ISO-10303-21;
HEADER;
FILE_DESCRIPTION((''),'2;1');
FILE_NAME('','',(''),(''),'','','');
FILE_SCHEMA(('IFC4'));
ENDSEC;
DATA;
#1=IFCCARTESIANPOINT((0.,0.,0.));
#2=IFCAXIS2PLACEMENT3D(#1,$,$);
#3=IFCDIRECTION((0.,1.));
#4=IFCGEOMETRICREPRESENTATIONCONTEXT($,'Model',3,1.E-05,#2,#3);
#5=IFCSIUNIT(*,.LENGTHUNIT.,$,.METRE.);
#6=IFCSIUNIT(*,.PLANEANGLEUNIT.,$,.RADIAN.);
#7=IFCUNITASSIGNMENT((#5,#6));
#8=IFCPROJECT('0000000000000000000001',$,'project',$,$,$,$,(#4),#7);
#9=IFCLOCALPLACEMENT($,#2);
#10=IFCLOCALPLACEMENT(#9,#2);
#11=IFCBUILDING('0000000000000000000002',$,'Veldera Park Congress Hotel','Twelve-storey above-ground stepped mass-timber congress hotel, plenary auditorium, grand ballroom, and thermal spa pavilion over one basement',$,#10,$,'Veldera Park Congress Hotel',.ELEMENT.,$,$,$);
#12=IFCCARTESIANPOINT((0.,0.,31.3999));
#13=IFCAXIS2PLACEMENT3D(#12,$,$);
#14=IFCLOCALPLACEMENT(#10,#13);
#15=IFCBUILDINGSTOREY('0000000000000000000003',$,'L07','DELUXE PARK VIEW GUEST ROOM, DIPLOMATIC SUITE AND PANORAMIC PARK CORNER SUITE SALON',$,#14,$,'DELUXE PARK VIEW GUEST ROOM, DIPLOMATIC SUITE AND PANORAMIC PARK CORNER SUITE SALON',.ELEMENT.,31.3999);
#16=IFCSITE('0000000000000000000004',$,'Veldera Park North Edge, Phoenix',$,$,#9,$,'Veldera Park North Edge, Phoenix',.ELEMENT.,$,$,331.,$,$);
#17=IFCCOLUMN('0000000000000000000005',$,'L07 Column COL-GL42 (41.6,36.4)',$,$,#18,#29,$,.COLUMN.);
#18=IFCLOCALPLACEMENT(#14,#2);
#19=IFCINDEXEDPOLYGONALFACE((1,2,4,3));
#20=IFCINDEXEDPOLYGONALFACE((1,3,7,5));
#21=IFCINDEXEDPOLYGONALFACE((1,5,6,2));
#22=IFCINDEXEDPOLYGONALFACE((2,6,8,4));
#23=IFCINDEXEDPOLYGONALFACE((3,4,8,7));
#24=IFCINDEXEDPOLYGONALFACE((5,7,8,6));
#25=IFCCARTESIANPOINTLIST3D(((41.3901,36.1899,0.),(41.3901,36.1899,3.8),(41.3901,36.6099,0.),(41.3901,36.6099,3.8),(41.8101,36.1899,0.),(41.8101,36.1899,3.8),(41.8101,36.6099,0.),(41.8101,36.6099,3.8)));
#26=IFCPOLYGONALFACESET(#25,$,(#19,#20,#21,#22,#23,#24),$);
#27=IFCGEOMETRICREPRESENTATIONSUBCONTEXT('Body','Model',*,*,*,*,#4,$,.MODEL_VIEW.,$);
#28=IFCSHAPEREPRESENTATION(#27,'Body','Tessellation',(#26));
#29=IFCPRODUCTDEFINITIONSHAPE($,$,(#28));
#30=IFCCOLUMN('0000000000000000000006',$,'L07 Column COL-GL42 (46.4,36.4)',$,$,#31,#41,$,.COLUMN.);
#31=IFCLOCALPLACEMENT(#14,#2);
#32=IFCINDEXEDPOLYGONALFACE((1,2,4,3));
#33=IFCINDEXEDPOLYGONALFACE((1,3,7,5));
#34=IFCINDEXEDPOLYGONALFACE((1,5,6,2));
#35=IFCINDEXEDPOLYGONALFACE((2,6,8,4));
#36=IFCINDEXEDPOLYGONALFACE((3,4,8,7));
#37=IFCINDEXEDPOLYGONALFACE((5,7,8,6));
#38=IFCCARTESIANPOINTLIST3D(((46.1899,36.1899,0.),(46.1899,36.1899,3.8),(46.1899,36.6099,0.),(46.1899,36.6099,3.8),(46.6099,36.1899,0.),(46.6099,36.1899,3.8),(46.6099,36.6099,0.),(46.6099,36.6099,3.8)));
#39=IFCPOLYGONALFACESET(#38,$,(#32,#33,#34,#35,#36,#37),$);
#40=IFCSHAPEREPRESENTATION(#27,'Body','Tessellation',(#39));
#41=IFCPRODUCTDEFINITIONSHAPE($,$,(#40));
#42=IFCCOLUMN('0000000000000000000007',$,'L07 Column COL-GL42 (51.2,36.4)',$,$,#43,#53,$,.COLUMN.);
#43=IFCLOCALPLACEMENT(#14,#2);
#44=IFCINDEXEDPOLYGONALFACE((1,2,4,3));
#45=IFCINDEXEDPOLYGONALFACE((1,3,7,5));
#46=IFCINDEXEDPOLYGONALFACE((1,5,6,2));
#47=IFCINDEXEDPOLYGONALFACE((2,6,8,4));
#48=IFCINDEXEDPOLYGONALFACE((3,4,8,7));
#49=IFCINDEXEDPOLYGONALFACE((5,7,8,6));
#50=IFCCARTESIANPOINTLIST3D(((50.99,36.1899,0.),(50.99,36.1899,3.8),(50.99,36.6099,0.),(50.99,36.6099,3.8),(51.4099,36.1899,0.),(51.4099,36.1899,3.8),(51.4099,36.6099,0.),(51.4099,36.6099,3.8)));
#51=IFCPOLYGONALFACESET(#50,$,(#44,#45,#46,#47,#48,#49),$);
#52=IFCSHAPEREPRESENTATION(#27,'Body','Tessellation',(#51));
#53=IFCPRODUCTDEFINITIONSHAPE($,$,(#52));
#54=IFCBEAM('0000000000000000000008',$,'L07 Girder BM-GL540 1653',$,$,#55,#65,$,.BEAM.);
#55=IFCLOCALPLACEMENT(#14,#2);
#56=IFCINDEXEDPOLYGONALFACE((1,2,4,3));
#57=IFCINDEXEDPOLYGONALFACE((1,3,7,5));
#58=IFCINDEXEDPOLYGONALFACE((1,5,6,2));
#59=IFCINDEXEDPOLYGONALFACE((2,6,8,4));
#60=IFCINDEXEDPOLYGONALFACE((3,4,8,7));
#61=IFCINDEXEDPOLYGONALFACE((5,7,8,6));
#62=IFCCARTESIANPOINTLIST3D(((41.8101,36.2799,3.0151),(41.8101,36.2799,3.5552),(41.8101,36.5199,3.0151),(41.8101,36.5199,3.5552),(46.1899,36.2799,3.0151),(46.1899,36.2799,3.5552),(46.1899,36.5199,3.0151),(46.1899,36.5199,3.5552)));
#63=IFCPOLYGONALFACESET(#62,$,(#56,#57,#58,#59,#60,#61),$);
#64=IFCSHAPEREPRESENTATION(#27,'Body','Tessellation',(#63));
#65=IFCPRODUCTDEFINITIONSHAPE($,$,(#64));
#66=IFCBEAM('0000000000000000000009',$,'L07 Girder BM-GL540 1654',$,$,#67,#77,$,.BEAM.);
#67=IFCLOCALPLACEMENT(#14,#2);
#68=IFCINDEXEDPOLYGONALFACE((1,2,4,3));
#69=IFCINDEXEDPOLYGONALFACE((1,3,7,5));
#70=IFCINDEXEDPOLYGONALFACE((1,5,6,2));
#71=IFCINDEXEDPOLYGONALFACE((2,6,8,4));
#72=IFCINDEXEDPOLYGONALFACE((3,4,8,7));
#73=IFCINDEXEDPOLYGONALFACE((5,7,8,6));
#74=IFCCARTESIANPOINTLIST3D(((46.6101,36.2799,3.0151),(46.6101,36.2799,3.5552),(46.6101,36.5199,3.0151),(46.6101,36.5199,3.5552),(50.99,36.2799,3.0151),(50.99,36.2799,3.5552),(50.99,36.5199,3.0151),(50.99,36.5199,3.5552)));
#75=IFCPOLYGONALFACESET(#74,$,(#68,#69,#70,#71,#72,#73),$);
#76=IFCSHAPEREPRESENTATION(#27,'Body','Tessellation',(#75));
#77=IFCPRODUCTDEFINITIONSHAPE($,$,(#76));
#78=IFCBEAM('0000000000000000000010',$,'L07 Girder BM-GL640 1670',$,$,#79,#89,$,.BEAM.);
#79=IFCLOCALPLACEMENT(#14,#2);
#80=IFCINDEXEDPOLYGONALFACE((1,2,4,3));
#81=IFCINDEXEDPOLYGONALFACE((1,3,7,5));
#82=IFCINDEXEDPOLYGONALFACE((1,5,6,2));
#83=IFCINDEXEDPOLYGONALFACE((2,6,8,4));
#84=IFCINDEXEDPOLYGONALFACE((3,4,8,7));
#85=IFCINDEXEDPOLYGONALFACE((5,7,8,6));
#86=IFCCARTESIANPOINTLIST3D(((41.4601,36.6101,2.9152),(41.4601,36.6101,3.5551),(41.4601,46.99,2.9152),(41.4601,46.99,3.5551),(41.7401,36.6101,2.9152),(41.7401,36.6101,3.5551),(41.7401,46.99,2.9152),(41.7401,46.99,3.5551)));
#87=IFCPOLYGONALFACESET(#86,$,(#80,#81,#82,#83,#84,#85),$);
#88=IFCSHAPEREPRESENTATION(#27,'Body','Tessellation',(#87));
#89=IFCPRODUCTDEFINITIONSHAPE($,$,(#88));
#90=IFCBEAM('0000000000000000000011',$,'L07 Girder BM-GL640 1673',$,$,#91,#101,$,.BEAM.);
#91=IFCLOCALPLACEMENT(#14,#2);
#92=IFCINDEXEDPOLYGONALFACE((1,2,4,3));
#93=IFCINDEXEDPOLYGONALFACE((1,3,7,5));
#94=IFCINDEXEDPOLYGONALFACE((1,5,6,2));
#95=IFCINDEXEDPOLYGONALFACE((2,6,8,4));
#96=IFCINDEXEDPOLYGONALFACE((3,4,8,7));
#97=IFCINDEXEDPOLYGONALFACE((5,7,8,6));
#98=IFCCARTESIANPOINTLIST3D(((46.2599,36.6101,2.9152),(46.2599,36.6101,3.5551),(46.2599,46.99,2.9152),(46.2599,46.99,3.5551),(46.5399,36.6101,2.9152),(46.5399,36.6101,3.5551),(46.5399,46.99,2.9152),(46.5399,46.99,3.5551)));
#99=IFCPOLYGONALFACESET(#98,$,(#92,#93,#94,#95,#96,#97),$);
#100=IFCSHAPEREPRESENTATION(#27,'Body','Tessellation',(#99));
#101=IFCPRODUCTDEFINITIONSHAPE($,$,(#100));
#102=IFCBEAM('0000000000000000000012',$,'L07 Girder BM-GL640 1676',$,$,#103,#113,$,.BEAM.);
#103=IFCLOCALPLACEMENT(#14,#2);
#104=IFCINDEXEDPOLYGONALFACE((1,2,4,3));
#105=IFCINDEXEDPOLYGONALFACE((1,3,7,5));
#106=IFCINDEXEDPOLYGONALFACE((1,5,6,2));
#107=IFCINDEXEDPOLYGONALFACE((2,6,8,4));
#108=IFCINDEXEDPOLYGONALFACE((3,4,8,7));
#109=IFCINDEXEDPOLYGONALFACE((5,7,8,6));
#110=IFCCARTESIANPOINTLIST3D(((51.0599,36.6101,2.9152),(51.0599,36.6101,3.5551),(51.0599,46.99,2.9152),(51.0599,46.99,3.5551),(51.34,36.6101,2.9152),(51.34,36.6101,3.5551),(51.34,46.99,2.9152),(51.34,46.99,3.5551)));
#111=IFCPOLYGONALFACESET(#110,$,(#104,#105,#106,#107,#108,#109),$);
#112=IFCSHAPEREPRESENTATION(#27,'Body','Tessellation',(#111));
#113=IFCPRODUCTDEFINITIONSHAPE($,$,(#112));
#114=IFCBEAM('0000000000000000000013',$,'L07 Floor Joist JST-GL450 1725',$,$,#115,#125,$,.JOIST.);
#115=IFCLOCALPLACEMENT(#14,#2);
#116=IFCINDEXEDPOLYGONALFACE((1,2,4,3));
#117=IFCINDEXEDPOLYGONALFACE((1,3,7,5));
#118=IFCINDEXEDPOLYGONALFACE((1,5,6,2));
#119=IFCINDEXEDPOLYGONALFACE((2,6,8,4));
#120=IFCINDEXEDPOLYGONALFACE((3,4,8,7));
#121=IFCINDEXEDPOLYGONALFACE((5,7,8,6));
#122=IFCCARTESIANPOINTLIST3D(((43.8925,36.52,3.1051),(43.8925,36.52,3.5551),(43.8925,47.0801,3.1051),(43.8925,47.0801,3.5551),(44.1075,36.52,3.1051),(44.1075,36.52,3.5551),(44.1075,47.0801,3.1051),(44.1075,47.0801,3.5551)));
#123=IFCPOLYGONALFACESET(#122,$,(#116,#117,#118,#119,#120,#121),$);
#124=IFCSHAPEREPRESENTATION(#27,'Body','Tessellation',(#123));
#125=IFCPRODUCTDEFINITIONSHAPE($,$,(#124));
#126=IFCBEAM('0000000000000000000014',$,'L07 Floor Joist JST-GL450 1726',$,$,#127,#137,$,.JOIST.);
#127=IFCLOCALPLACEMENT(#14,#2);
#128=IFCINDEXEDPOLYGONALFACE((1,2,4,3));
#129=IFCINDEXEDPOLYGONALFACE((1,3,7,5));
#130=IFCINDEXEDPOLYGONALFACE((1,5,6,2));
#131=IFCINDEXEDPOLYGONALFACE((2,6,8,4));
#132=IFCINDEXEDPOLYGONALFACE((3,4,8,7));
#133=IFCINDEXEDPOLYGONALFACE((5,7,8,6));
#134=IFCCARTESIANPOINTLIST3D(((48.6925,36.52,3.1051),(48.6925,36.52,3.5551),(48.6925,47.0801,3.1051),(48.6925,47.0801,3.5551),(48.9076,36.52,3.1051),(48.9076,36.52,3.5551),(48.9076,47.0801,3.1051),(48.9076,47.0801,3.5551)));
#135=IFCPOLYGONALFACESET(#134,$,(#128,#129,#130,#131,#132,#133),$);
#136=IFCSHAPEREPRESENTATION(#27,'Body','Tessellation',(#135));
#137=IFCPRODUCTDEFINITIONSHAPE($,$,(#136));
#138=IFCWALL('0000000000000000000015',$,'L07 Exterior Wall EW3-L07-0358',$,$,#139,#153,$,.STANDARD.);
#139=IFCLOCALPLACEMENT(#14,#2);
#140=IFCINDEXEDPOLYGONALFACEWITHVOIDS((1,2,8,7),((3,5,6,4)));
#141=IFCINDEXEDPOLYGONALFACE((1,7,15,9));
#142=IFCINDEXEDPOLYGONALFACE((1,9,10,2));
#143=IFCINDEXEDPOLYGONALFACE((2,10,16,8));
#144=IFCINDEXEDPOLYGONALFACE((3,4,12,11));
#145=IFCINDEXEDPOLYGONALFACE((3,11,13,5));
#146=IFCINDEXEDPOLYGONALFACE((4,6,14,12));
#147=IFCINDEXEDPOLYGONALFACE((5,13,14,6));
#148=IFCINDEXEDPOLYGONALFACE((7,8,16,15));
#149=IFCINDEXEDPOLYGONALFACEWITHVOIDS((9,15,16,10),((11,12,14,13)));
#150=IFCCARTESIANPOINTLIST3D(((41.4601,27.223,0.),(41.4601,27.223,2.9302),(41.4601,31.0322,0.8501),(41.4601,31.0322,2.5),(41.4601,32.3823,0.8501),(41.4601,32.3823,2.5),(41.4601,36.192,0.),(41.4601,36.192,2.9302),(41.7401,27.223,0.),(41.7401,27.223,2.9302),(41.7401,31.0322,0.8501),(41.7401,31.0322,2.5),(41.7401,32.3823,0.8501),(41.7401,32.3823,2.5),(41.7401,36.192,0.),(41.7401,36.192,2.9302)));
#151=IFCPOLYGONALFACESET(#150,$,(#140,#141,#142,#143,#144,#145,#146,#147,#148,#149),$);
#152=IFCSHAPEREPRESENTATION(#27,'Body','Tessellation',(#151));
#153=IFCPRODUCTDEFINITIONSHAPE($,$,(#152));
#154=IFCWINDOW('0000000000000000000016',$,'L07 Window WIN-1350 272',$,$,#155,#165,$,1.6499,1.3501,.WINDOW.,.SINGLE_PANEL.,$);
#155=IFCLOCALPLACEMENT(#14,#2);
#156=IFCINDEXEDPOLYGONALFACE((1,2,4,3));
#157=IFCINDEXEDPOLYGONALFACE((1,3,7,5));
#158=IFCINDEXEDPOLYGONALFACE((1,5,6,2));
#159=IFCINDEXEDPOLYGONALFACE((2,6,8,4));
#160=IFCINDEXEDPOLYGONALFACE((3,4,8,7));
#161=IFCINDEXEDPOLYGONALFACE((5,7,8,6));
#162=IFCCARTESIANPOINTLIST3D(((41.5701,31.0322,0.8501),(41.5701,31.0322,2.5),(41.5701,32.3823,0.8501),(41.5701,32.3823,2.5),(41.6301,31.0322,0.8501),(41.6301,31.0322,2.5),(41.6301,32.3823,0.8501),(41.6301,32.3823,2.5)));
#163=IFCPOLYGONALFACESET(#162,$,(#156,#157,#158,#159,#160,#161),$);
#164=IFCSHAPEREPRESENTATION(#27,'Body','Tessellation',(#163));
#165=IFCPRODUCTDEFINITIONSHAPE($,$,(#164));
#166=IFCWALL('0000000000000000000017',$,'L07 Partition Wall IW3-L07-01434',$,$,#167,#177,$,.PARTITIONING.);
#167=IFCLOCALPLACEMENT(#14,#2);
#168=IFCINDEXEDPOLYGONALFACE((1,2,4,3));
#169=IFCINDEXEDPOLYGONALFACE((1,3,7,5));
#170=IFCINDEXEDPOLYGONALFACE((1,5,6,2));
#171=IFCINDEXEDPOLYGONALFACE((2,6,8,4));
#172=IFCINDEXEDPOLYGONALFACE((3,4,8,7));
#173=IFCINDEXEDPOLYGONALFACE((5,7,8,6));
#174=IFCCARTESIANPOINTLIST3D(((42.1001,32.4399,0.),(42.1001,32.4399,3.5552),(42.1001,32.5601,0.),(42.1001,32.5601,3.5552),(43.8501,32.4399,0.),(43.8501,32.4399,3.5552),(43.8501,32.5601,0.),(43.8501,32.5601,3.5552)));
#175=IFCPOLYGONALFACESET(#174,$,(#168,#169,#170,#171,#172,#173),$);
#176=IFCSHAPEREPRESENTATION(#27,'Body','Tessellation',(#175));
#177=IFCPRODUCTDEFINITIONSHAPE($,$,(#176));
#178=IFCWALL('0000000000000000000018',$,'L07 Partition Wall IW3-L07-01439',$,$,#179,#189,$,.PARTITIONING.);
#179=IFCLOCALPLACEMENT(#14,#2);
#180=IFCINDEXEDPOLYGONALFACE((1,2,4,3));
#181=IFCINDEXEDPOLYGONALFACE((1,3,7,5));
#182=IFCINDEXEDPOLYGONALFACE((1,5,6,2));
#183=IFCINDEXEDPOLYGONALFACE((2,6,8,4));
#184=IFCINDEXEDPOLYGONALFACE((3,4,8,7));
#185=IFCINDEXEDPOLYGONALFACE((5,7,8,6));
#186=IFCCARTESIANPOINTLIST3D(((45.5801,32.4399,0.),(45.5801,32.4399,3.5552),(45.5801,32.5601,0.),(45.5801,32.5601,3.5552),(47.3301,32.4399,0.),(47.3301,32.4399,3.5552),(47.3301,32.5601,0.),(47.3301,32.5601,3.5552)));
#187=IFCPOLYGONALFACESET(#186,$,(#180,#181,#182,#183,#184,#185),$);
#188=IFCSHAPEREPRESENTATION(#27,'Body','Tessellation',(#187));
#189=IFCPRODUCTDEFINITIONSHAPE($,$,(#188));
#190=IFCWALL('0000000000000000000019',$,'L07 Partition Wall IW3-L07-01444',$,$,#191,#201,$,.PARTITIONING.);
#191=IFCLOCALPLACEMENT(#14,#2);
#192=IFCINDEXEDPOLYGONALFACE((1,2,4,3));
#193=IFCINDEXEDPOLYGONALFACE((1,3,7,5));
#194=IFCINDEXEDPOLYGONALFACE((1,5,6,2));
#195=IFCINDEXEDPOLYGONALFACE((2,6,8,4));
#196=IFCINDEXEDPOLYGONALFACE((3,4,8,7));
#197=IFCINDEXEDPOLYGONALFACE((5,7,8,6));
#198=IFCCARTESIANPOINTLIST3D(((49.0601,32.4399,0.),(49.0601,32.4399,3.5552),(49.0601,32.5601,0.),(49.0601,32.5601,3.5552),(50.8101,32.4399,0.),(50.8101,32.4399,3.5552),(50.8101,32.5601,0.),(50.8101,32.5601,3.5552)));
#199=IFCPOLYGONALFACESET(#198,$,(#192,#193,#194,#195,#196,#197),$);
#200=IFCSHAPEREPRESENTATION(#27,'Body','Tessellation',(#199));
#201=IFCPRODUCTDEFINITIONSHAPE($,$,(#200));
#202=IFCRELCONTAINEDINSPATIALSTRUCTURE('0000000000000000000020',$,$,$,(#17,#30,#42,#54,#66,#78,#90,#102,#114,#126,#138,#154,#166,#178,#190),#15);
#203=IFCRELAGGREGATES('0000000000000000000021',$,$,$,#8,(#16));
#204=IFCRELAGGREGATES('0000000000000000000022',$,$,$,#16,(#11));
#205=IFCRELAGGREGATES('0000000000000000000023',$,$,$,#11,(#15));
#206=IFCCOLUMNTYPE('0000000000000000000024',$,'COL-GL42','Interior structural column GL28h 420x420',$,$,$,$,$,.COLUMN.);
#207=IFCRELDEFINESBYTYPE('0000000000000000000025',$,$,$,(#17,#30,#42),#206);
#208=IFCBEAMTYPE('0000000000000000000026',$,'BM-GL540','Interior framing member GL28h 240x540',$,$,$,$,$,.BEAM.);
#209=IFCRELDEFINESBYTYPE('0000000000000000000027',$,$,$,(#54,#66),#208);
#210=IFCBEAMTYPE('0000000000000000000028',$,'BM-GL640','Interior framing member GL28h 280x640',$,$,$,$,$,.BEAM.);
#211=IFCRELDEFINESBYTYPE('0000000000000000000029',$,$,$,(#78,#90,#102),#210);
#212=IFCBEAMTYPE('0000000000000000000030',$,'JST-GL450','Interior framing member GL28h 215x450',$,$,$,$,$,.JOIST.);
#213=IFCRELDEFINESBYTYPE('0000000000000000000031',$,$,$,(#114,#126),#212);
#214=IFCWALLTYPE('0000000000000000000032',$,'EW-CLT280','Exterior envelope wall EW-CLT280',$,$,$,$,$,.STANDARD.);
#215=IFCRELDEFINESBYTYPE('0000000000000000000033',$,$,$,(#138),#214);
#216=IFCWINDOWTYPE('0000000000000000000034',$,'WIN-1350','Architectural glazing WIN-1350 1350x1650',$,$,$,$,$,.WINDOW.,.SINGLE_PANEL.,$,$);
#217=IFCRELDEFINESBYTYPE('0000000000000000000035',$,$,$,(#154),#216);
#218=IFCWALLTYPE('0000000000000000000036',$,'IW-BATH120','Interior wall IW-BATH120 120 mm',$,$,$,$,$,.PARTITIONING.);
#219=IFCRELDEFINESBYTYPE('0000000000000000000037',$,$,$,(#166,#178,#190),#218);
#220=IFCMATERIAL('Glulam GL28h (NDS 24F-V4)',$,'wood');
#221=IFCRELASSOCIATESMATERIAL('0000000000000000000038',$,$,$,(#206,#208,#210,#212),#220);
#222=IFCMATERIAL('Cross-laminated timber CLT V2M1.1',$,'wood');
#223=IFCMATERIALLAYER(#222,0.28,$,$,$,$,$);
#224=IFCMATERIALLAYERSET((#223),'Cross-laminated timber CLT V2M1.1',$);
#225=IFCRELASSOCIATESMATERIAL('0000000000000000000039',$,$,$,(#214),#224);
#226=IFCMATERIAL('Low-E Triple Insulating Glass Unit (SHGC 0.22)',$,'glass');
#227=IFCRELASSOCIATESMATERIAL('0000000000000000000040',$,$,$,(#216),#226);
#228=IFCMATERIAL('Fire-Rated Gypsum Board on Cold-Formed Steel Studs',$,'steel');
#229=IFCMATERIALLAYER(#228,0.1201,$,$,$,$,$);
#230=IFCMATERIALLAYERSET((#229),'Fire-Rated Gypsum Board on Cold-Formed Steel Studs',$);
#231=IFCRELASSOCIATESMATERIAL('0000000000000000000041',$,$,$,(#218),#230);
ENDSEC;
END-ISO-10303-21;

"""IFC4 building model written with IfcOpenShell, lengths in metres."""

from ifc_helpers import new_model, si_unit, direction, frame, frame_2d, origin, origin_2d, place, context, subcontext, project, spatial, rectangle, extrude, material, layer, layer_set, material_profile, profile_set, type_object, element, fill, save


model = new_model("IFC4")

# Units and contexts
model_context = context("Model", 3, precision=1e-05, world=origin(), true_north=direction((0.0, 1.0)))
body_context = subcontext(model_context, "Body", "Model", "MODEL_VIEW")
ifc_project = project(units=[si_unit("LENGTHUNIT", "METRE"), si_unit("PLANEANGLEUNIT", "RADIAN")], contexts=[model_context])

# Site, building, storey
site_placement = place(None, origin())
site = spatial("IfcSite", under=ifc_project, at=site_placement, Name="Veldera Park North Edge, Phoenix", LongName="Veldera Park North Edge, Phoenix", CompositionType="ELEMENT", RefElevation=331.0)
building_placement = place(site_placement, origin())
building = spatial("IfcBuilding", under=site, at=building_placement, Name="Veldera Park Congress Hotel", Description="Twelve-storey above-ground stepped mass-timber congress hotel, plenary auditorium, grand ballroom, and thermal spa pavilion over one basement", LongName="Veldera Park Congress Hotel", CompositionType="ELEMENT")
storey_placement = place(building_placement, frame((0.0, 0.0, 31.3999)))
storey = spatial("IfcBuildingStorey", under=building, at=storey_placement, Name="L07", Description="DELUXE PARK VIEW GUEST ROOM, DIPLOMATIC SUITE AND PANORAMIC PARK CORNER SUITE SALON", LongName="DELUXE PARK VIEW GUEST ROOM, DIPLOMATIC SUITE AND PANORAMIC PARK CORNER SUITE SALON", CompositionType="ELEMENT", Elevation=31.3999)

# Columns
ifc_material_1 = material(Name="Glulam GL28h (NDS 24F-V4)", Category="wood")
ifc_material_profile_1 = material_profile(ifc_material_1, rectangle(XDim=0.4199, YDim=0.4199, at=origin_2d()), Name="GL28h 420x420")
ifc_profile_set_1 = profile_set([ifc_material_profile_1], Name="Glulam GL28h (NDS 24F-V4)")
column_type = type_object("IfcColumnType", Name="COL-GL42", Description="Interior structural column GL28h 420x420", PredefinedType="COLUMN", material=ifc_profile_set_1)
for number, where, z_axis, x_axis, name in (
    (1, (41.6001, 36.3999, 0.0), (0.0, 0.0, 1.0), (1.0, 0.0, 0.0), "L07 Column COL-GL42 (41.6,36.4)"),
    (2, (46.3999, 36.3999, 0.0), (0.0, 0.0, 1.0), (1.0, 0.0, 0.0), "L07 Column COL-GL42 (46.4,36.4)"),
    (3, (51.2, 36.3999, 0.0), (0.0, 0.0, 1.0), (1.0, 0.0, 0.0), "L07 Column COL-GL42 (51.2,36.4)"),
):
    element("IfcColumn", number, at=place(storey_placement, frame(where, z_axis=z_axis, x_axis=x_axis)), inside=storey, type_object=column_type, Name=name, PredefinedType="COLUMN", context=body_context, shape_type="SweptSolid", body=[
        extrude(rectangle(XDim=0.4199, YDim=0.4199, at=origin_2d()), origin(), (0.0, 0.0, 1.0), 3.8),
    ])

# Beams
ifc_material_profile_2 = material_profile(ifc_material_1, rectangle(XDim=0.24, YDim=0.54, at=origin_2d()), Name="GL28h 240x540")
ifc_profile_set_2 = profile_set([ifc_material_profile_2], Name="Glulam GL28h (NDS 24F-V4)")
beam_type_1 = type_object("IfcBeamType", Name="BM-GL540", Description="Interior framing member GL28h 240x540", PredefinedType="BEAM", material=ifc_profile_set_2)
for number, where, z_axis, x_axis, name in (
    (4, (41.8101, 36.3999, 3.2852), (1.0, 0.0, 0.0), (0.0, 1.0, 0.0), "L07 Girder BM-GL540 1653"),
    (5, (46.6101, 36.3999, 3.2852), (1.0, 0.0, 0.0), (0.0, 1.0, 0.0), "L07 Girder BM-GL540 1654"),
):
    element("IfcBeam", number, at=place(storey_placement, frame(where, z_axis=z_axis, x_axis=x_axis)), inside=storey, type_object=beam_type_1, Name=name, PredefinedType="BEAM", context=body_context, shape_type="SweptSolid", body=[
        extrude(rectangle(XDim=0.24, YDim=0.54, at=origin_2d()), origin(), (0.0, 0.0, 1.0), 4.3799),
    ])
ifc_material_profile_3 = material_profile(ifc_material_1, rectangle(XDim=0.28, YDim=0.6399, at=origin_2d()), Name="GL28h 280x640")
ifc_profile_set_3 = profile_set([ifc_material_profile_3], Name="Glulam GL28h (NDS 24F-V4)")
beam_type_2 = type_object("IfcBeamType", Name="BM-GL640", Description="Interior framing member GL28h 280x640", PredefinedType="BEAM", material=ifc_profile_set_3)
for number, where, z_axis, x_axis, name in (
    (6, (41.6001, 36.6101, 3.2351), (0.0, 1.0, 0.0), (-1.0, 0.0, 0.0), "L07 Girder BM-GL640 1670"),
    (7, (46.3999, 36.6101, 3.2351), (0.0, 1.0, 0.0), (-1.0, 0.0, 0.0), "L07 Girder BM-GL640 1673"),
    (8, (51.2, 36.6101, 3.2351), (0.0, 1.0, 0.0), (-1.0, 0.0, 0.0), "L07 Girder BM-GL640 1676"),
):
    element("IfcBeam", number, at=place(storey_placement, frame(where, z_axis=z_axis, x_axis=x_axis)), inside=storey, type_object=beam_type_2, Name=name, PredefinedType="BEAM", context=body_context, shape_type="SweptSolid", body=[
        extrude(rectangle(XDim=0.28, YDim=0.6399, at=origin_2d()), origin(), (0.0, 0.0, 1.0), 10.3799),
    ])
ifc_material_profile_4 = material_profile(ifc_material_1, rectangle(XDim=0.2151, YDim=0.45, at=origin_2d()), Name="GL28h 215x450")
ifc_profile_set_4 = profile_set([ifc_material_profile_4], Name="Glulam GL28h (NDS 24F-V4)")
beam_type_3 = type_object("IfcBeamType", Name="JST-GL450", Description="Interior framing member GL28h 215x450", PredefinedType="JOIST", material=ifc_profile_set_4)
for number, where, z_axis, x_axis, name in (
    (9, (44.0, 36.52, 3.3301), (0.0, 1.0, 0.0), (-1.0, 0.0, 0.0), "L07 Floor Joist JST-GL450 1725"),
    (10, (48.8, 36.52, 3.3301), (0.0, 1.0, 0.0), (-1.0, 0.0, 0.0), "L07 Floor Joist JST-GL450 1726"),
):
    element("IfcBeam", number, at=place(storey_placement, frame(where, z_axis=z_axis, x_axis=x_axis)), inside=storey, type_object=beam_type_3, Name=name, PredefinedType="JOIST", context=body_context, shape_type="SweptSolid", body=[
        extrude(rectangle(XDim=0.2151, YDim=0.45, at=origin_2d()), origin(), (0.0, 0.0, 1.0), 10.5601),
    ])

# Wall, opening, window
ifc_material_2 = material(Name="Cross-laminated timber CLT V2M1.1", Category="wood")
ifc_layer_1 = layer(ifc_material_2, 0.28)
ifc_layer_set_1 = layer_set([ifc_layer_1], Name="Cross-laminated timber CLT V2M1.1")
wall_type_1 = type_object("IfcWallType", Name="EW-CLT280", Description="Exterior envelope wall EW-CLT280", PredefinedType="STANDARD", material=ifc_layer_set_1)
wall_1_placement = place(storey_placement, frame((41.6001, 36.1919, 0.0), z_axis=(0.0, 0.0, 1.0), x_axis=(0.0, -1.0, 0.0)))
wall_1 = element("IfcWall", 11, at=wall_1_placement, inside=storey, type_object=wall_type_1, Name="L07 Exterior Wall EW3-L07-0358", PredefinedType="STANDARD", context=body_context, shape_type="SweptSolid", body=[
    extrude(rectangle(XDim=8.969, YDim=0.28, at=frame_2d((4.4844, 0.0))), origin(), (0.0, 0.0, 1.0), 2.9302),
])
opening_1_placement = place(wall_1_placement, frame((3.8096, 0.0, 0.8501)))
opening_1 = element("IfcOpeningElement", 12, at=opening_1_placement, cuts=wall_1, PredefinedType="OPENING", context=body_context, shape_type="SweptSolid", body=[
    extrude(rectangle(XDim=1.3501, YDim=1.6499, at=frame_2d((0.675, 0.825))), frame((0.0, 0.1521, 0.0), z_axis=(0.0, -1.0, 0.0), x_axis=(1.0, 0.0, 0.0)), (0.0, 0.0, 1.0), 0.304),
])
ifc_material_3 = material(Name="Low-E Triple Insulating Glass Unit (SHGC 0.22)", Category="glass")
window_type = type_object("IfcWindowType", Name="WIN-1350", Description="Architectural glazing WIN-1350 1350x1650", PartitioningType="SINGLE_PANEL", PredefinedType="WINDOW", material=ifc_material_3)
window_placement = place(opening_1_placement, origin())
window = element("IfcWindow", 13, at=window_placement, inside=storey, type_object=window_type, Name="L07 Window WIN-1350 272", OverallHeight=1.6499, OverallWidth=1.3501, PartitioningType="SINGLE_PANEL", PredefinedType="WINDOW", context=body_context, shape_type="SweptSolid", body=[
    extrude(rectangle(XDim=1.3501, YDim=1.6499, at=frame_2d((0.675, 0.825))), frame((0.0, 0.03, 0.0), z_axis=(0.0, -1.0, 0.0), x_axis=(1.0, 0.0, 0.0)), (0.0, 0.0, 1.0), 0.0601),
])
fill(opening_1, window)

# Walls
ifc_material_4 = material(Name="Fire-Rated Gypsum Board on Cold-Formed Steel Studs", Category="steel")
ifc_layer_2 = layer(ifc_material_4, 0.1201)
ifc_layer_set_2 = layer_set([ifc_layer_2], Name="Fire-Rated Gypsum Board on Cold-Formed Steel Studs")
wall_type_2 = type_object("IfcWallType", Name="IW-BATH120", Description="Interior wall IW-BATH120 120 mm", PredefinedType="PARTITIONING", material=ifc_layer_set_2)
for number, where, z_axis, x_axis, name in (
    (14, (42.1001, 32.5, 0.0), (0.0, 0.0, 1.0), (1.0, 0.0, 0.0), "L07 Partition Wall IW3-L07-01434"),
    (15, (45.5801, 32.5, 0.0), (0.0, 0.0, 1.0), (1.0, 0.0, 0.0), "L07 Partition Wall IW3-L07-01439"),
    (16, (49.0601, 32.5, 0.0), (0.0, 0.0, 1.0), (1.0, 0.0, 0.0), "L07 Partition Wall IW3-L07-01444"),
):
    element("IfcWall", number, at=place(storey_placement, frame(where, z_axis=z_axis, x_axis=x_axis)), inside=storey, type_object=wall_type_2, Name=name, PredefinedType="PARTITIONING", context=body_context, shape_type="SweptSolid", body=[
        extrude(rectangle(XDim=1.75, YDim=0.1201, at=frame_2d((0.875, 0.0))), origin(), (0.0, 0.0, 1.0), 3.5552),
    ])

save(model, "model.ifc")
